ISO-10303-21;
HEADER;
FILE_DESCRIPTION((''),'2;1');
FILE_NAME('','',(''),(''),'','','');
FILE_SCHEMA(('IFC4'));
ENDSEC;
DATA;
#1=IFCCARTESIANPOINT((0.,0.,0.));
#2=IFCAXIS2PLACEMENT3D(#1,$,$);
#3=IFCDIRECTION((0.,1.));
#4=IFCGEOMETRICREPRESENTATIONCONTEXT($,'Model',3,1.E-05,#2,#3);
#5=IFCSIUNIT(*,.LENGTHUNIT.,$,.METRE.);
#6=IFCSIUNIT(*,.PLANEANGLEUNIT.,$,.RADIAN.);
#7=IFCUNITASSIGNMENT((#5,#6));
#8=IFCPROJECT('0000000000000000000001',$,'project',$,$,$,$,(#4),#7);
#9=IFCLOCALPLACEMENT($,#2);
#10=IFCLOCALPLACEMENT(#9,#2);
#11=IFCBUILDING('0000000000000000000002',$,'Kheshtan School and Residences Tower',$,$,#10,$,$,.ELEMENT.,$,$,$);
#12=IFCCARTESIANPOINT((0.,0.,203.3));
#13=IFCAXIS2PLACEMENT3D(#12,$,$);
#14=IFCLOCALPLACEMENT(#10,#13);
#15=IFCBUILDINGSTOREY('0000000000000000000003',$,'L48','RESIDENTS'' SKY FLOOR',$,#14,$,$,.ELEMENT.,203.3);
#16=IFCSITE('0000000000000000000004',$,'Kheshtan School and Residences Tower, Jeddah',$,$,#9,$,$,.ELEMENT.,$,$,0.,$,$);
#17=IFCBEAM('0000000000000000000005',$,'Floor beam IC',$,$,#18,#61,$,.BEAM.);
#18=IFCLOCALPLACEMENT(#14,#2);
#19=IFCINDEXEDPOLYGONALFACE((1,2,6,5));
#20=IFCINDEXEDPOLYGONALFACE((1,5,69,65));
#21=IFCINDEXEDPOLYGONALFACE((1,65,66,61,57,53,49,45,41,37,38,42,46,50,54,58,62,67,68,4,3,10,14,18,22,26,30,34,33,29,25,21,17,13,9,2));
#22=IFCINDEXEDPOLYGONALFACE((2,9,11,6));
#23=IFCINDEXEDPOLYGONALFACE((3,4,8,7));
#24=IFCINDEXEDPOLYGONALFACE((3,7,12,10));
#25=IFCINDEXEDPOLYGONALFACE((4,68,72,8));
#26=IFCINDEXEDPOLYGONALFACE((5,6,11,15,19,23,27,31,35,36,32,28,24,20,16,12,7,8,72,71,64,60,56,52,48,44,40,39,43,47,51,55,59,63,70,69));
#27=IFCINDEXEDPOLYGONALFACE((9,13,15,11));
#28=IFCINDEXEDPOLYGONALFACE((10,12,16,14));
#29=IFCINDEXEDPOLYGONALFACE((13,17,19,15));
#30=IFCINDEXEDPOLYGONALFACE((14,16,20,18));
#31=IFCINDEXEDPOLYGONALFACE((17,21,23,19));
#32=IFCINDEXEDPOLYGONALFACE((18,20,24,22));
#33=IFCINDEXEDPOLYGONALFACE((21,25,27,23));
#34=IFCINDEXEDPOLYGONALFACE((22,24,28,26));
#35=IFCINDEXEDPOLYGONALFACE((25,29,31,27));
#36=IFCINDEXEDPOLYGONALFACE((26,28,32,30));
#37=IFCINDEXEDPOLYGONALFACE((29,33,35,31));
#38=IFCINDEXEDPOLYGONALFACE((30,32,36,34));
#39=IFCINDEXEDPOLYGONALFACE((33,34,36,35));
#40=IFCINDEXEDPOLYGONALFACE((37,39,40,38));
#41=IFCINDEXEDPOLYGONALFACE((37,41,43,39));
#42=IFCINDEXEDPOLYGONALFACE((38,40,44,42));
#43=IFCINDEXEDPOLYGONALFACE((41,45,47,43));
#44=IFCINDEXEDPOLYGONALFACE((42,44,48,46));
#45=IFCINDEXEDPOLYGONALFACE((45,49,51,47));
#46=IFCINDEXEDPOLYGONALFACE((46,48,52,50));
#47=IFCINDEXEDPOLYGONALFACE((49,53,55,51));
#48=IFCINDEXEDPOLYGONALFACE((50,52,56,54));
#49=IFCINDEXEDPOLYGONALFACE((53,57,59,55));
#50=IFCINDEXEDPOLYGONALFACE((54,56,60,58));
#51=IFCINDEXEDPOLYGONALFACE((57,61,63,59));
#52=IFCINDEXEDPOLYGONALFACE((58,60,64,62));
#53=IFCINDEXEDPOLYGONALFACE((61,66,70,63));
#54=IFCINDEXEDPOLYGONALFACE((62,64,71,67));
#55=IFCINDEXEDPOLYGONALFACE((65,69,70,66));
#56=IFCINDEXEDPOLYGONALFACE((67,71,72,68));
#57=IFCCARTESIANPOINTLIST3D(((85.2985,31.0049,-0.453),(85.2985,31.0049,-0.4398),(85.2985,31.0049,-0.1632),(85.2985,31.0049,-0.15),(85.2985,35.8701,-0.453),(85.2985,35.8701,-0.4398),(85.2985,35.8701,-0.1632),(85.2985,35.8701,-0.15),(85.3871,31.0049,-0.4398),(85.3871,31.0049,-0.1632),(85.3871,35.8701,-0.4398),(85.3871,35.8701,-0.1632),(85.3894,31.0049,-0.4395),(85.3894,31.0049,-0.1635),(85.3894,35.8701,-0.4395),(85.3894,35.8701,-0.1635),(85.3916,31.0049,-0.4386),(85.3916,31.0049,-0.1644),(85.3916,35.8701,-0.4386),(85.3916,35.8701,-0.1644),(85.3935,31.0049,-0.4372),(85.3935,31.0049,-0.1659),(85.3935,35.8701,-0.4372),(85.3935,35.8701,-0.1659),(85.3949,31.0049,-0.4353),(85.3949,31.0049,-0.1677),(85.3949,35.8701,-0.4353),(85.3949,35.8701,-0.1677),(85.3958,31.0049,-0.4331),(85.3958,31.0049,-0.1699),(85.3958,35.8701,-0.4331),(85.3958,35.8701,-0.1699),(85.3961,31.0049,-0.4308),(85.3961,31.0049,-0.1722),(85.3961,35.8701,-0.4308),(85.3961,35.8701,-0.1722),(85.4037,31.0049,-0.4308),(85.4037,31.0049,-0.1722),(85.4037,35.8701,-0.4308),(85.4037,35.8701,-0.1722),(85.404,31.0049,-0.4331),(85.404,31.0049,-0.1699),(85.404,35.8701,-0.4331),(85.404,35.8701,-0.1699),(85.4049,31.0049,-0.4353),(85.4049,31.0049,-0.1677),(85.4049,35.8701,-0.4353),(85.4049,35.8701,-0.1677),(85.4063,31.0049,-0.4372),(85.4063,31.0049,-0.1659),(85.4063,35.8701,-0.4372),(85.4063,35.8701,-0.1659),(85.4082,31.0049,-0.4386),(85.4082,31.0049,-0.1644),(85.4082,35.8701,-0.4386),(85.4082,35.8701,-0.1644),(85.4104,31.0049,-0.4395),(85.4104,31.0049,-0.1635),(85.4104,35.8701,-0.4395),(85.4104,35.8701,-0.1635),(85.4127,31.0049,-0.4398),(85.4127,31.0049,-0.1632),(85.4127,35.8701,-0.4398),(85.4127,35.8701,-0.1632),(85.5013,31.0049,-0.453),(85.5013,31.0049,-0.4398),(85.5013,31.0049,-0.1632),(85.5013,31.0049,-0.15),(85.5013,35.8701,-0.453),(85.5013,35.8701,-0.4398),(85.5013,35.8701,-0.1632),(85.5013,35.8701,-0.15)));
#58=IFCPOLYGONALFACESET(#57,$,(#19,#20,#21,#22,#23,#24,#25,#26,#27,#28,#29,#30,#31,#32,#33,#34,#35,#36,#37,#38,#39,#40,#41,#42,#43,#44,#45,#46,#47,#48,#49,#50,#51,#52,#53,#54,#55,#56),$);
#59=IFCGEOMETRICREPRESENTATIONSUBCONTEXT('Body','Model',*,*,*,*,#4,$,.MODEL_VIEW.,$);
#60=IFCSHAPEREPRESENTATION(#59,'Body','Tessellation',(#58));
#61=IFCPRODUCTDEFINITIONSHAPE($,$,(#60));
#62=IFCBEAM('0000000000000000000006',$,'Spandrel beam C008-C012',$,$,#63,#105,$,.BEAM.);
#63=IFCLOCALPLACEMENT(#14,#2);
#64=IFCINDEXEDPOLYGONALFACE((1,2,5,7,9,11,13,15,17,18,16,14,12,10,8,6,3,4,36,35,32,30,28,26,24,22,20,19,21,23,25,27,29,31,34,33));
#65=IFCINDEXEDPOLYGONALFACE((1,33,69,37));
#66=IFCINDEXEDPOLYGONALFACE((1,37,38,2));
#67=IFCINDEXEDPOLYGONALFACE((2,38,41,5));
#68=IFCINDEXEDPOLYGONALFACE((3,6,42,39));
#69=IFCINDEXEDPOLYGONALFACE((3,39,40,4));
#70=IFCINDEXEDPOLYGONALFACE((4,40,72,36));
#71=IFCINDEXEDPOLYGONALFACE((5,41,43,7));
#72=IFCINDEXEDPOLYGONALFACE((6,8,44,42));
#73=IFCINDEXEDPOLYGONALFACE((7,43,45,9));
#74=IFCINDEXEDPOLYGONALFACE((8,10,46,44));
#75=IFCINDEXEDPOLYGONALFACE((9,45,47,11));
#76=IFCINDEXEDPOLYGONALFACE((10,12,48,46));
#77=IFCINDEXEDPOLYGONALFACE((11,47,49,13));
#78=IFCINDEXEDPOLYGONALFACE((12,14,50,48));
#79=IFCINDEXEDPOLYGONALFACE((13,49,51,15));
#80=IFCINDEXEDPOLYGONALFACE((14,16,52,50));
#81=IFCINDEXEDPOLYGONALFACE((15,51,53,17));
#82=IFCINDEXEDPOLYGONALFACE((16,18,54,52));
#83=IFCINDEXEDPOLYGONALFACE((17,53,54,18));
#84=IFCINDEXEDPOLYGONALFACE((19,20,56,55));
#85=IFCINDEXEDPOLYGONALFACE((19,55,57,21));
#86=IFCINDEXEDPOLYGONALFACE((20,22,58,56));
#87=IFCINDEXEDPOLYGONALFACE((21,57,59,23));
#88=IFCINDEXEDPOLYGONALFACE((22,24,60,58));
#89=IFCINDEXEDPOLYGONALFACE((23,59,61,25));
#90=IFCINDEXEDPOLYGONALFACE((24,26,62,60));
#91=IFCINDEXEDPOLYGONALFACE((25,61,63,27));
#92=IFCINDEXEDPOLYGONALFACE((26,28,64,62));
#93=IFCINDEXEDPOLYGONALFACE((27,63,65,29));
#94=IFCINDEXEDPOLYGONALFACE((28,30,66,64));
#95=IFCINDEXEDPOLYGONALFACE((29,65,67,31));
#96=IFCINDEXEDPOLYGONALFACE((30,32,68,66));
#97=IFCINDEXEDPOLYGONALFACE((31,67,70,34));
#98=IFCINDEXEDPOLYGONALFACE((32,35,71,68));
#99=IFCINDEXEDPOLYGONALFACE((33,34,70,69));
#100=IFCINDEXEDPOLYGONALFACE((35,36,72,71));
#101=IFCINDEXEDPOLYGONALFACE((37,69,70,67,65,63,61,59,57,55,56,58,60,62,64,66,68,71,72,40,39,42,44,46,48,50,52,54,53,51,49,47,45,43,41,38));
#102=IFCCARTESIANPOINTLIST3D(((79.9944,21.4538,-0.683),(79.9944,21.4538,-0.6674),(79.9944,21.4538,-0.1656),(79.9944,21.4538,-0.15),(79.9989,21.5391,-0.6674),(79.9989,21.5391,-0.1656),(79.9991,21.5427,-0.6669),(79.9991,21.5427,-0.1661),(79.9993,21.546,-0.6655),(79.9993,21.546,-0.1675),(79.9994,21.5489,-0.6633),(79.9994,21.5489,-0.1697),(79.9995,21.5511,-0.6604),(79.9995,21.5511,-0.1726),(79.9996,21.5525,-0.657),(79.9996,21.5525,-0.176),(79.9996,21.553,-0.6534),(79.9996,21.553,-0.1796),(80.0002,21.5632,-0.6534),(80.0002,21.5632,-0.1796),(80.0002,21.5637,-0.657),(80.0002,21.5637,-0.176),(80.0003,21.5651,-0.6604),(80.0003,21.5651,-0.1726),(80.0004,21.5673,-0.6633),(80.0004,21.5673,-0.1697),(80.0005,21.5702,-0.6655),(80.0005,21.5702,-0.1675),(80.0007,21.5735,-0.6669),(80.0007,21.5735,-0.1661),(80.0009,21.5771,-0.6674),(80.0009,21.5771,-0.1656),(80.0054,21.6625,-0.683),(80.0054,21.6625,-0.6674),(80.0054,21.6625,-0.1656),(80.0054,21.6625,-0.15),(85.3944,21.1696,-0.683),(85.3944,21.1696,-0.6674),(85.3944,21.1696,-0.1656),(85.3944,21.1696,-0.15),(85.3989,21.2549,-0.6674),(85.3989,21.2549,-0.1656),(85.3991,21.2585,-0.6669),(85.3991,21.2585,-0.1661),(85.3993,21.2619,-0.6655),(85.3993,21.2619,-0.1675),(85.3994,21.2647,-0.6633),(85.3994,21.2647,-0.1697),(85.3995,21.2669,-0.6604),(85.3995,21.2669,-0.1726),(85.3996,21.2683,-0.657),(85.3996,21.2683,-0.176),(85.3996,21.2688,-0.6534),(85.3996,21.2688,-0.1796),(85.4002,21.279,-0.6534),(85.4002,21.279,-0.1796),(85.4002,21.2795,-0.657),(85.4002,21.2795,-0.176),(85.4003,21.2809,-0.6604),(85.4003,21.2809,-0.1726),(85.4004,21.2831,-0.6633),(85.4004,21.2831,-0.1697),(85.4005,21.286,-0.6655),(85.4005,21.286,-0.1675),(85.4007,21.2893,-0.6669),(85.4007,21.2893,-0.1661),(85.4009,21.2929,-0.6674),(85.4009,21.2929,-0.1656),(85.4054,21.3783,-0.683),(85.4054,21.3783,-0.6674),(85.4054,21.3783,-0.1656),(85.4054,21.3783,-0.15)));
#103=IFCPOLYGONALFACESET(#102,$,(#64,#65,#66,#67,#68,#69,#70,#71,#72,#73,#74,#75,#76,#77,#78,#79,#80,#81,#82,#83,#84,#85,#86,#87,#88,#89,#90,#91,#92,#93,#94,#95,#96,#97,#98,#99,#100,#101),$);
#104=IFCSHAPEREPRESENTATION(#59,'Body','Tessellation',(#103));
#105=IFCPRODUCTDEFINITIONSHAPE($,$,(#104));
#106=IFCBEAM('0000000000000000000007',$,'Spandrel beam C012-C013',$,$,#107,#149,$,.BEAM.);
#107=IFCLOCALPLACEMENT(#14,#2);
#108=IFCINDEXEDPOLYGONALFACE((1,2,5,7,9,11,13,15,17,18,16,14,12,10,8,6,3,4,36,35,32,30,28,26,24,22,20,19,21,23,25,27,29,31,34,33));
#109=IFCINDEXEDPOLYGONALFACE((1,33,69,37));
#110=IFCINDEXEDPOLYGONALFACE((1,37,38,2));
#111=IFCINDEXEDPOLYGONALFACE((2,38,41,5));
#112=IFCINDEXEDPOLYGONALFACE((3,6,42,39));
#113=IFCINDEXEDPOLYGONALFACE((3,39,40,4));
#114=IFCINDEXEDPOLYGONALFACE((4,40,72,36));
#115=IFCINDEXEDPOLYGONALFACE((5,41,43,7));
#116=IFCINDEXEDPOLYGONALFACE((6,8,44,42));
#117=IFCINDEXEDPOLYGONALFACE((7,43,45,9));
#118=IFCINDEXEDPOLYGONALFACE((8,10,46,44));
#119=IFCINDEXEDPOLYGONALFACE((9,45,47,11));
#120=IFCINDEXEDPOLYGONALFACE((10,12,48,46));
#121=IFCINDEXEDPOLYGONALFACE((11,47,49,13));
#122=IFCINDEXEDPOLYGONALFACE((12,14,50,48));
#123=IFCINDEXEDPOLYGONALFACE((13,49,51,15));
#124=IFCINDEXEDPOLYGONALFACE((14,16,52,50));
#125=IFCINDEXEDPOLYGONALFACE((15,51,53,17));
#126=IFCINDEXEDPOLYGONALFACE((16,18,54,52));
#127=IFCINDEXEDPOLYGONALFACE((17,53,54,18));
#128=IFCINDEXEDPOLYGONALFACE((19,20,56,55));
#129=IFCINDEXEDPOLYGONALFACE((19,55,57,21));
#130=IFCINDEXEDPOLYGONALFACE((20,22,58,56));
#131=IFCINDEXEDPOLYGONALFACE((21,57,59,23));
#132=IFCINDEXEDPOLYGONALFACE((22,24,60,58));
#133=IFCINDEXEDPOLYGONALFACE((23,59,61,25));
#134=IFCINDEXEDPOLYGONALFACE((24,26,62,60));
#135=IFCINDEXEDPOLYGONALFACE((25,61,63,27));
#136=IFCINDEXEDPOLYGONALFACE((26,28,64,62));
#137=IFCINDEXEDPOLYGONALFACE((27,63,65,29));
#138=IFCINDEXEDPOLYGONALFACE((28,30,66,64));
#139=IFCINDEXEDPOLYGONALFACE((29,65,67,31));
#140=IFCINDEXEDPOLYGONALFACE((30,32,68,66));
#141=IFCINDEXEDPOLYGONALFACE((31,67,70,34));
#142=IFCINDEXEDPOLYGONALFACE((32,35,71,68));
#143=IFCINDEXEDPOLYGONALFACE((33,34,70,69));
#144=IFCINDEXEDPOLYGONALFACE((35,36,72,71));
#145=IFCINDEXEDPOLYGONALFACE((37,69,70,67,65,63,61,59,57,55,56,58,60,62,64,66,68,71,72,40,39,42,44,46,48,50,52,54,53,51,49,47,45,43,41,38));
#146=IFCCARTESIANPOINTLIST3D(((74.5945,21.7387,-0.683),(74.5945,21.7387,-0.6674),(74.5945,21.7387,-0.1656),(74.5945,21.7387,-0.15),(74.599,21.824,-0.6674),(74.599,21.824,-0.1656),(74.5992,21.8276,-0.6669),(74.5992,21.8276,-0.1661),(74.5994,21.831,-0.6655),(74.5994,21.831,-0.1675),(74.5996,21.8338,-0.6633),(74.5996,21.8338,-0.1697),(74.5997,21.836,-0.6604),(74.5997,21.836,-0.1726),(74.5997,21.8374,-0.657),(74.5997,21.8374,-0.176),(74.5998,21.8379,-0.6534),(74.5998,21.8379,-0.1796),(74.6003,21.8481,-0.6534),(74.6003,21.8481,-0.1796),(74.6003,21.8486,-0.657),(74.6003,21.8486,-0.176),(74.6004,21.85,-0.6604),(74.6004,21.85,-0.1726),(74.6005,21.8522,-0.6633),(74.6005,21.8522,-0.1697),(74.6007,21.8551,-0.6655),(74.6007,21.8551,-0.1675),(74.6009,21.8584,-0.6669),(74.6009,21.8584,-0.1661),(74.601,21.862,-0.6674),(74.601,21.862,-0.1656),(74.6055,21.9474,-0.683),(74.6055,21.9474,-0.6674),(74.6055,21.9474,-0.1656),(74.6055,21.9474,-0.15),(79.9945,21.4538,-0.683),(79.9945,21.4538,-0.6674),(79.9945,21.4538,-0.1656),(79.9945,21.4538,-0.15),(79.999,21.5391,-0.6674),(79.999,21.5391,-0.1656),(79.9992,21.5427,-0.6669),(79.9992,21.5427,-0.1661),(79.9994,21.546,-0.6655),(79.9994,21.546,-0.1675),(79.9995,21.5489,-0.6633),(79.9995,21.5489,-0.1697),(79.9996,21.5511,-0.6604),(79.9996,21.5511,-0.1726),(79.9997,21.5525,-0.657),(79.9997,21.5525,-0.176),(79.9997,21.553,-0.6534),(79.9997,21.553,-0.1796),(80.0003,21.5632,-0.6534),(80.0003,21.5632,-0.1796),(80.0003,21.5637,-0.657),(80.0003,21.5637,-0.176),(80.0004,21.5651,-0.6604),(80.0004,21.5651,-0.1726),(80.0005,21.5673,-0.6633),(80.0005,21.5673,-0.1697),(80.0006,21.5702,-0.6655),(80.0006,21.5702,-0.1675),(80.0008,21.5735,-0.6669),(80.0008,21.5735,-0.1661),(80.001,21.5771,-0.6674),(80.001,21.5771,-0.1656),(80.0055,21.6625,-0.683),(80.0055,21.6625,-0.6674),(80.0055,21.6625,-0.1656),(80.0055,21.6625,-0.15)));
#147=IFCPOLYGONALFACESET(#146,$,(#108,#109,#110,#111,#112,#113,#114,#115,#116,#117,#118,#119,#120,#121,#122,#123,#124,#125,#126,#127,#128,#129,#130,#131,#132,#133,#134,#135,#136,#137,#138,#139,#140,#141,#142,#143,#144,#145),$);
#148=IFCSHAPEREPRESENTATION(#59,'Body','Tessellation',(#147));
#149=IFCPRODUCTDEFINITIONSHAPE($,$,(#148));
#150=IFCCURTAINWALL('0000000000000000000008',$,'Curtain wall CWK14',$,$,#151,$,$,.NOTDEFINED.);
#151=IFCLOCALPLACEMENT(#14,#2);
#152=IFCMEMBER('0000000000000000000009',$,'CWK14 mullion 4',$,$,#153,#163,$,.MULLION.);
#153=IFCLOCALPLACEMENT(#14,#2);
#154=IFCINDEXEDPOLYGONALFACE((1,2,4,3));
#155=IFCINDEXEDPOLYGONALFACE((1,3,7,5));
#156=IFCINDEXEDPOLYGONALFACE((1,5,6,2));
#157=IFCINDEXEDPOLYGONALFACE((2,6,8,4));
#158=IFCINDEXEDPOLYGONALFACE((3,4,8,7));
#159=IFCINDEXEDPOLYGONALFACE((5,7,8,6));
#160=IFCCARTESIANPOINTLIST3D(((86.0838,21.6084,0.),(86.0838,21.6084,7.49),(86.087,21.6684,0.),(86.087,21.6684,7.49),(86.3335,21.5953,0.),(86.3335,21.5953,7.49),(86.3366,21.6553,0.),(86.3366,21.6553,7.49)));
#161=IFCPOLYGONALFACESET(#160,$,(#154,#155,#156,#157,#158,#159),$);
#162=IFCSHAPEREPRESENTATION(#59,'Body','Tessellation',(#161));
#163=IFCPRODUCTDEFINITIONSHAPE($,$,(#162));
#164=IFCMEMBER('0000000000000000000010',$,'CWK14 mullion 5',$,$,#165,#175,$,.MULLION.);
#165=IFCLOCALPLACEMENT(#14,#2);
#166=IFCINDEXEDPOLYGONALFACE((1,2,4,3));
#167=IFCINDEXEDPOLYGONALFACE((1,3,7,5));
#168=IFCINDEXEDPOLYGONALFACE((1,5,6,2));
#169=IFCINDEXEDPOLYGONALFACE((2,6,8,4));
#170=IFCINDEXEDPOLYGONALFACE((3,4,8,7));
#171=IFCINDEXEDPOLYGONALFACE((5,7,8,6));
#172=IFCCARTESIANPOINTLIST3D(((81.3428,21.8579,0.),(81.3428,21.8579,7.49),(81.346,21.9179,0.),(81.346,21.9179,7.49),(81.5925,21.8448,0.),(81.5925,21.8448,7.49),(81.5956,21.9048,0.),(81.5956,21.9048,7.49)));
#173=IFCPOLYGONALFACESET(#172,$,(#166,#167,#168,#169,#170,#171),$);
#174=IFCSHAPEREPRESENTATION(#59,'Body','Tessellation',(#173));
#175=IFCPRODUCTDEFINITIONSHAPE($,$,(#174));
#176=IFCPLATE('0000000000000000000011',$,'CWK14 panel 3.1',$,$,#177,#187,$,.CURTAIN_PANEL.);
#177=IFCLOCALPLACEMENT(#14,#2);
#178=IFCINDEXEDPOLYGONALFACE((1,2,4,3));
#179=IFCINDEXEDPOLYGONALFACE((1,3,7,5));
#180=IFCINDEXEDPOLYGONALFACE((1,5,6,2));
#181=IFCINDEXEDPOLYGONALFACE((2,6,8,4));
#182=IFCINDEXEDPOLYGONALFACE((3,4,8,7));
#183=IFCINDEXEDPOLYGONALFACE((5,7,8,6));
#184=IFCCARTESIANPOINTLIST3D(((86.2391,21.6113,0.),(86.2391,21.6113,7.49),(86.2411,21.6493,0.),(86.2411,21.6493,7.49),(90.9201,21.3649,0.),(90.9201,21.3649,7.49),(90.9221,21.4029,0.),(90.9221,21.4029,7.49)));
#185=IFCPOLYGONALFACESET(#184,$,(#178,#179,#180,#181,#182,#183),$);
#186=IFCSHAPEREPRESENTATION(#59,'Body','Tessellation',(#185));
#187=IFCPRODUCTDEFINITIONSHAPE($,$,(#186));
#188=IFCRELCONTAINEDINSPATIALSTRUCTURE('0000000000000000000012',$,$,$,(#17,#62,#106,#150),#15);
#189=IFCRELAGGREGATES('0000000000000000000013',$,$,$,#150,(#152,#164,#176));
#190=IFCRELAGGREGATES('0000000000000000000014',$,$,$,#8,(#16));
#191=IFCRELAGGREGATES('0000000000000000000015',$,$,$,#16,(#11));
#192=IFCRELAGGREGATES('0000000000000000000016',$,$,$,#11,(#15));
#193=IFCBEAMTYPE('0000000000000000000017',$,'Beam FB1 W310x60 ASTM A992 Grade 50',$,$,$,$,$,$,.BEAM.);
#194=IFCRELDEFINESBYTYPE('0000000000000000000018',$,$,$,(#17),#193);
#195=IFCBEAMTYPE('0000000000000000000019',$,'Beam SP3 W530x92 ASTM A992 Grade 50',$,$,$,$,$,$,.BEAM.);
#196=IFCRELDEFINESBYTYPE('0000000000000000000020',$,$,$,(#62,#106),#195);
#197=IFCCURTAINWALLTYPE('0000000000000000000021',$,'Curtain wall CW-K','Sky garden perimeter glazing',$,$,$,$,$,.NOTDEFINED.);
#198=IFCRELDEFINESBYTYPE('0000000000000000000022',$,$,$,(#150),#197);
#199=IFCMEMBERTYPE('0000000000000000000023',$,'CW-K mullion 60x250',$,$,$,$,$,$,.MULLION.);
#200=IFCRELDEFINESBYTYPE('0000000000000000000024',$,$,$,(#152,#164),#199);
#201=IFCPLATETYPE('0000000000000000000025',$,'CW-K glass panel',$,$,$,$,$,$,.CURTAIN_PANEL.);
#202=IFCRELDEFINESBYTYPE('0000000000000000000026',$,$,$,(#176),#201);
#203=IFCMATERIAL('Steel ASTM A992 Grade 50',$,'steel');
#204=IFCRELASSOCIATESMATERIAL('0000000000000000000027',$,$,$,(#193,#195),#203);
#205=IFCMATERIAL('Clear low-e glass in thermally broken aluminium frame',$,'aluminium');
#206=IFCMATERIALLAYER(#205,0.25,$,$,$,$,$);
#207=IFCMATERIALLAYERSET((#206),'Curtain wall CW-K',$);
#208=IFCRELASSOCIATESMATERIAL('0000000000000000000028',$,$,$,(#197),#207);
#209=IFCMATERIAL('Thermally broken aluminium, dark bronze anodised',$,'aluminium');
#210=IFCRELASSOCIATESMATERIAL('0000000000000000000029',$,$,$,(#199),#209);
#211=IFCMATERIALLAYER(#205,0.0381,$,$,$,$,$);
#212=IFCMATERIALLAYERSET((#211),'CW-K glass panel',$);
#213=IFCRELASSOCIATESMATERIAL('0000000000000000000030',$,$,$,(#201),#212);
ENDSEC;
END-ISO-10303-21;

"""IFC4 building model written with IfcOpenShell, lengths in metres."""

from ifc_helpers import new_model, si_unit, direction, frame, origin, origin_2d, place, context, subcontext, project, spatial, rectangle, i_section, extrude, material, layer, layer_set, material_profile, profile_set, type_object, element, aggregate, save


model = new_model("IFC4")

# Units and contexts
model_context = context("Model", 3, precision=1e-05, world=origin(), true_north=direction((0.0, 1.0)))
body_context = subcontext(model_context, "Body", "Model", "MODEL_VIEW")
ifc_project = project(units=[si_unit("LENGTHUNIT", "METRE"), si_unit("PLANEANGLEUNIT", "RADIAN")], contexts=[model_context])

# Site, building, storey
site_placement = place(None, origin())
site = spatial("IfcSite", under=ifc_project, at=site_placement, Name="Kheshtan School and Residences Tower, Jeddah", CompositionType="ELEMENT", RefElevation=0.0)
building_placement = place(site_placement, origin())
building = spatial("IfcBuilding", under=site, at=building_placement, Name="Kheshtan School and Residences Tower", CompositionType="ELEMENT")
storey_placement = place(building_placement, frame((0.0, 0.0, 203.3)))
storey = spatial("IfcBuildingStorey", under=building, at=storey_placement, Name="L48", Description="RESIDENTS' SKY FLOOR", CompositionType="ELEMENT", Elevation=203.3)

# Shared definitions
ifc_material_1 = material(Name="Steel ASTM A992 Grade 50", Category="steel")

# Beams
ifc_material_profile_1 = material_profile(ifc_material_1, i_section(OverallWidth=0.2029, OverallDepth=0.303, WebThickness=0.0076, FlangeThickness=0.0132, FilletRadius=0.009, at=origin_2d()), Name="W310x60")
ifc_profile_set_1 = profile_set([ifc_material_profile_1], Name="Steel ASTM A992 Grade 50")
beam_type_1 = type_object("IfcBeamType", Name="Beam FB1 W310x60 ASTM A992 Grade 50", PredefinedType="BEAM", material=ifc_profile_set_1)
beam_placement = place(storey_placement, frame((85.3999, 31.0049, -0.3015), z_axis=(0.0, 1.0, 0.0), x_axis=(-1.0, 0.0, 0.0)))
element("IfcBeam", 1, at=beam_placement, inside=storey, type_object=beam_type_1, Name="Floor beam IC", PredefinedType="BEAM", context=body_context, shape_type="SweptSolid", body=[
    extrude(i_section(OverallWidth=0.2029, OverallDepth=0.303, WebThickness=0.0076, FlangeThickness=0.0132, FilletRadius=0.009, at=origin_2d()), origin(), (0.0, 0.0, 1.0), 4.8652),
])
ifc_material_profile_2 = material_profile(ifc_material_1, i_section(OverallWidth=0.209, OverallDepth=0.533, WebThickness=0.0103, FlangeThickness=0.0156, FilletRadius=0.0139, at=origin_2d()), Name="W530x92")
ifc_profile_set_2 = profile_set([ifc_material_profile_2], Name="Steel ASTM A992 Grade 50")
beam_type_2 = type_object("IfcBeamType", Name="Beam SP3 W530x92 ASTM A992 Grade 50", PredefinedType="BEAM", material=ifc_profile_set_2)
for number, where, z_axis, x_axis, name in (
    (2, (85.3999, 21.2739, -0.4165), (-0.998618, 0.052554, 0.0), (-0.052554, -0.998618, 0.0), "Spandrel beam C008-C012"),
    (3, (80.0, 21.5581, -0.4165), (-0.998611, 0.052689, 0.0), (-0.052689, -0.998611, 0.0), "Spandrel beam C012-C013"),
):
    element("IfcBeam", number, at=place(storey_placement, frame(where, z_axis=z_axis, x_axis=x_axis)), inside=storey, type_object=beam_type_2, Name=name, PredefinedType="BEAM", context=body_context, shape_type="SweptSolid", body=[
        extrude(i_section(OverallWidth=0.209, OverallDepth=0.533, WebThickness=0.0103, FlangeThickness=0.0156, FilletRadius=0.0139, at=origin_2d()), origin(), (0.0, 0.0, 1.0), 5.4075),
    ])

# Curtain wall, members, plate
ifc_material_2 = material(Name="Clear low-e glass in thermally broken aluminium frame", Category="aluminium")
ifc_layer_1 = layer(ifc_material_2, 0.25)
ifc_layer_set_1 = layer_set([ifc_layer_1], Name="Curtain wall CW-K")
curtain_wall_type = type_object("IfcCurtainWallType", Name="Curtain wall CW-K", Description="Sky garden perimeter glazing", PredefinedType="NOTDEFINED", material=ifc_layer_set_1)
curtain_wall_placement = place(storey_placement, origin())
curtain_wall = element("IfcCurtainWall", 4, at=curtain_wall_placement, inside=storey, type_object=curtain_wall_type, Name="Curtain wall CWK14", PredefinedType="NOTDEFINED")
ifc_material_3 = material(Name="Thermally broken aluminium, dark bronze anodised", Category="aluminium")
ifc_material_profile_3 = material_profile(ifc_material_3, rectangle(XDim=0.0601, YDim=0.25, at=origin_2d()), Name="CW-K mullion 60x250")
ifc_profile_set_3 = profile_set([ifc_material_profile_3], Name="Thermally broken aluminium, dark bronze anodised")
member_type = type_object("IfcMemberType", Name="CW-K mullion 60x250", PredefinedType="MULLION", material=ifc_profile_set_3)
member_1_placement = place(storey_placement, frame((86.2102, 21.6318, 0.0), z_axis=(0.0, 0.0, 1.0), x_axis=(-0.05257, -0.998617, 0.0)))
member_1 = element("IfcMember", 5, at=member_1_placement, type_object=member_type, Name="CWK14 mullion 4", PredefinedType="MULLION", context=body_context, shape_type="SweptSolid", body=[
    extrude(rectangle(XDim=0.0601, YDim=0.25, at=origin_2d()), origin(), (0.0, 0.0, 1.0), 7.49),
])
member_2_placement = place(storey_placement, frame((81.4692, 21.8813, 0.0), z_axis=(0.0, 0.0, 1.0), x_axis=(-0.05257, -0.998617, 0.0)))
member_2 = element("IfcMember", 6, at=member_2_placement, type_object=member_type, Name="CWK14 mullion 5", PredefinedType="MULLION", context=body_context, shape_type="SweptSolid", body=[
    extrude(rectangle(XDim=0.0601, YDim=0.25, at=origin_2d()), origin(), (0.0, 0.0, 1.0), 7.49),
])
ifc_layer_2 = layer(ifc_material_2, 0.0381)
ifc_layer_set_2 = layer_set([ifc_layer_2], Name="CW-K glass panel")
plate_type_1 = type_object("IfcPlateType", Name="CW-K glass panel", PredefinedType="CURTAIN_PANEL", material=ifc_layer_set_2)
plate_1_placement = place(storey_placement, frame((88.5806, 21.5071, 0.0), z_axis=(0.0, 0.0, 1.0), x_axis=(-0.998617, 0.05257, 0.0)))
plate_1 = element("IfcPlate", 7, at=plate_1_placement, type_object=plate_type_1, Name="CWK14 panel 3.1", PredefinedType="CURTAIN_PANEL", context=body_context, shape_type="SweptSolid", body=[
    extrude(rectangle(XDim=4.6875, YDim=0.0381, at=origin_2d()), origin(), (0.0, 0.0, 1.0), 7.49),
])
aggregate(curtain_wall, [member_1, member_2, plate_1])

save(model, "model.ifc")
